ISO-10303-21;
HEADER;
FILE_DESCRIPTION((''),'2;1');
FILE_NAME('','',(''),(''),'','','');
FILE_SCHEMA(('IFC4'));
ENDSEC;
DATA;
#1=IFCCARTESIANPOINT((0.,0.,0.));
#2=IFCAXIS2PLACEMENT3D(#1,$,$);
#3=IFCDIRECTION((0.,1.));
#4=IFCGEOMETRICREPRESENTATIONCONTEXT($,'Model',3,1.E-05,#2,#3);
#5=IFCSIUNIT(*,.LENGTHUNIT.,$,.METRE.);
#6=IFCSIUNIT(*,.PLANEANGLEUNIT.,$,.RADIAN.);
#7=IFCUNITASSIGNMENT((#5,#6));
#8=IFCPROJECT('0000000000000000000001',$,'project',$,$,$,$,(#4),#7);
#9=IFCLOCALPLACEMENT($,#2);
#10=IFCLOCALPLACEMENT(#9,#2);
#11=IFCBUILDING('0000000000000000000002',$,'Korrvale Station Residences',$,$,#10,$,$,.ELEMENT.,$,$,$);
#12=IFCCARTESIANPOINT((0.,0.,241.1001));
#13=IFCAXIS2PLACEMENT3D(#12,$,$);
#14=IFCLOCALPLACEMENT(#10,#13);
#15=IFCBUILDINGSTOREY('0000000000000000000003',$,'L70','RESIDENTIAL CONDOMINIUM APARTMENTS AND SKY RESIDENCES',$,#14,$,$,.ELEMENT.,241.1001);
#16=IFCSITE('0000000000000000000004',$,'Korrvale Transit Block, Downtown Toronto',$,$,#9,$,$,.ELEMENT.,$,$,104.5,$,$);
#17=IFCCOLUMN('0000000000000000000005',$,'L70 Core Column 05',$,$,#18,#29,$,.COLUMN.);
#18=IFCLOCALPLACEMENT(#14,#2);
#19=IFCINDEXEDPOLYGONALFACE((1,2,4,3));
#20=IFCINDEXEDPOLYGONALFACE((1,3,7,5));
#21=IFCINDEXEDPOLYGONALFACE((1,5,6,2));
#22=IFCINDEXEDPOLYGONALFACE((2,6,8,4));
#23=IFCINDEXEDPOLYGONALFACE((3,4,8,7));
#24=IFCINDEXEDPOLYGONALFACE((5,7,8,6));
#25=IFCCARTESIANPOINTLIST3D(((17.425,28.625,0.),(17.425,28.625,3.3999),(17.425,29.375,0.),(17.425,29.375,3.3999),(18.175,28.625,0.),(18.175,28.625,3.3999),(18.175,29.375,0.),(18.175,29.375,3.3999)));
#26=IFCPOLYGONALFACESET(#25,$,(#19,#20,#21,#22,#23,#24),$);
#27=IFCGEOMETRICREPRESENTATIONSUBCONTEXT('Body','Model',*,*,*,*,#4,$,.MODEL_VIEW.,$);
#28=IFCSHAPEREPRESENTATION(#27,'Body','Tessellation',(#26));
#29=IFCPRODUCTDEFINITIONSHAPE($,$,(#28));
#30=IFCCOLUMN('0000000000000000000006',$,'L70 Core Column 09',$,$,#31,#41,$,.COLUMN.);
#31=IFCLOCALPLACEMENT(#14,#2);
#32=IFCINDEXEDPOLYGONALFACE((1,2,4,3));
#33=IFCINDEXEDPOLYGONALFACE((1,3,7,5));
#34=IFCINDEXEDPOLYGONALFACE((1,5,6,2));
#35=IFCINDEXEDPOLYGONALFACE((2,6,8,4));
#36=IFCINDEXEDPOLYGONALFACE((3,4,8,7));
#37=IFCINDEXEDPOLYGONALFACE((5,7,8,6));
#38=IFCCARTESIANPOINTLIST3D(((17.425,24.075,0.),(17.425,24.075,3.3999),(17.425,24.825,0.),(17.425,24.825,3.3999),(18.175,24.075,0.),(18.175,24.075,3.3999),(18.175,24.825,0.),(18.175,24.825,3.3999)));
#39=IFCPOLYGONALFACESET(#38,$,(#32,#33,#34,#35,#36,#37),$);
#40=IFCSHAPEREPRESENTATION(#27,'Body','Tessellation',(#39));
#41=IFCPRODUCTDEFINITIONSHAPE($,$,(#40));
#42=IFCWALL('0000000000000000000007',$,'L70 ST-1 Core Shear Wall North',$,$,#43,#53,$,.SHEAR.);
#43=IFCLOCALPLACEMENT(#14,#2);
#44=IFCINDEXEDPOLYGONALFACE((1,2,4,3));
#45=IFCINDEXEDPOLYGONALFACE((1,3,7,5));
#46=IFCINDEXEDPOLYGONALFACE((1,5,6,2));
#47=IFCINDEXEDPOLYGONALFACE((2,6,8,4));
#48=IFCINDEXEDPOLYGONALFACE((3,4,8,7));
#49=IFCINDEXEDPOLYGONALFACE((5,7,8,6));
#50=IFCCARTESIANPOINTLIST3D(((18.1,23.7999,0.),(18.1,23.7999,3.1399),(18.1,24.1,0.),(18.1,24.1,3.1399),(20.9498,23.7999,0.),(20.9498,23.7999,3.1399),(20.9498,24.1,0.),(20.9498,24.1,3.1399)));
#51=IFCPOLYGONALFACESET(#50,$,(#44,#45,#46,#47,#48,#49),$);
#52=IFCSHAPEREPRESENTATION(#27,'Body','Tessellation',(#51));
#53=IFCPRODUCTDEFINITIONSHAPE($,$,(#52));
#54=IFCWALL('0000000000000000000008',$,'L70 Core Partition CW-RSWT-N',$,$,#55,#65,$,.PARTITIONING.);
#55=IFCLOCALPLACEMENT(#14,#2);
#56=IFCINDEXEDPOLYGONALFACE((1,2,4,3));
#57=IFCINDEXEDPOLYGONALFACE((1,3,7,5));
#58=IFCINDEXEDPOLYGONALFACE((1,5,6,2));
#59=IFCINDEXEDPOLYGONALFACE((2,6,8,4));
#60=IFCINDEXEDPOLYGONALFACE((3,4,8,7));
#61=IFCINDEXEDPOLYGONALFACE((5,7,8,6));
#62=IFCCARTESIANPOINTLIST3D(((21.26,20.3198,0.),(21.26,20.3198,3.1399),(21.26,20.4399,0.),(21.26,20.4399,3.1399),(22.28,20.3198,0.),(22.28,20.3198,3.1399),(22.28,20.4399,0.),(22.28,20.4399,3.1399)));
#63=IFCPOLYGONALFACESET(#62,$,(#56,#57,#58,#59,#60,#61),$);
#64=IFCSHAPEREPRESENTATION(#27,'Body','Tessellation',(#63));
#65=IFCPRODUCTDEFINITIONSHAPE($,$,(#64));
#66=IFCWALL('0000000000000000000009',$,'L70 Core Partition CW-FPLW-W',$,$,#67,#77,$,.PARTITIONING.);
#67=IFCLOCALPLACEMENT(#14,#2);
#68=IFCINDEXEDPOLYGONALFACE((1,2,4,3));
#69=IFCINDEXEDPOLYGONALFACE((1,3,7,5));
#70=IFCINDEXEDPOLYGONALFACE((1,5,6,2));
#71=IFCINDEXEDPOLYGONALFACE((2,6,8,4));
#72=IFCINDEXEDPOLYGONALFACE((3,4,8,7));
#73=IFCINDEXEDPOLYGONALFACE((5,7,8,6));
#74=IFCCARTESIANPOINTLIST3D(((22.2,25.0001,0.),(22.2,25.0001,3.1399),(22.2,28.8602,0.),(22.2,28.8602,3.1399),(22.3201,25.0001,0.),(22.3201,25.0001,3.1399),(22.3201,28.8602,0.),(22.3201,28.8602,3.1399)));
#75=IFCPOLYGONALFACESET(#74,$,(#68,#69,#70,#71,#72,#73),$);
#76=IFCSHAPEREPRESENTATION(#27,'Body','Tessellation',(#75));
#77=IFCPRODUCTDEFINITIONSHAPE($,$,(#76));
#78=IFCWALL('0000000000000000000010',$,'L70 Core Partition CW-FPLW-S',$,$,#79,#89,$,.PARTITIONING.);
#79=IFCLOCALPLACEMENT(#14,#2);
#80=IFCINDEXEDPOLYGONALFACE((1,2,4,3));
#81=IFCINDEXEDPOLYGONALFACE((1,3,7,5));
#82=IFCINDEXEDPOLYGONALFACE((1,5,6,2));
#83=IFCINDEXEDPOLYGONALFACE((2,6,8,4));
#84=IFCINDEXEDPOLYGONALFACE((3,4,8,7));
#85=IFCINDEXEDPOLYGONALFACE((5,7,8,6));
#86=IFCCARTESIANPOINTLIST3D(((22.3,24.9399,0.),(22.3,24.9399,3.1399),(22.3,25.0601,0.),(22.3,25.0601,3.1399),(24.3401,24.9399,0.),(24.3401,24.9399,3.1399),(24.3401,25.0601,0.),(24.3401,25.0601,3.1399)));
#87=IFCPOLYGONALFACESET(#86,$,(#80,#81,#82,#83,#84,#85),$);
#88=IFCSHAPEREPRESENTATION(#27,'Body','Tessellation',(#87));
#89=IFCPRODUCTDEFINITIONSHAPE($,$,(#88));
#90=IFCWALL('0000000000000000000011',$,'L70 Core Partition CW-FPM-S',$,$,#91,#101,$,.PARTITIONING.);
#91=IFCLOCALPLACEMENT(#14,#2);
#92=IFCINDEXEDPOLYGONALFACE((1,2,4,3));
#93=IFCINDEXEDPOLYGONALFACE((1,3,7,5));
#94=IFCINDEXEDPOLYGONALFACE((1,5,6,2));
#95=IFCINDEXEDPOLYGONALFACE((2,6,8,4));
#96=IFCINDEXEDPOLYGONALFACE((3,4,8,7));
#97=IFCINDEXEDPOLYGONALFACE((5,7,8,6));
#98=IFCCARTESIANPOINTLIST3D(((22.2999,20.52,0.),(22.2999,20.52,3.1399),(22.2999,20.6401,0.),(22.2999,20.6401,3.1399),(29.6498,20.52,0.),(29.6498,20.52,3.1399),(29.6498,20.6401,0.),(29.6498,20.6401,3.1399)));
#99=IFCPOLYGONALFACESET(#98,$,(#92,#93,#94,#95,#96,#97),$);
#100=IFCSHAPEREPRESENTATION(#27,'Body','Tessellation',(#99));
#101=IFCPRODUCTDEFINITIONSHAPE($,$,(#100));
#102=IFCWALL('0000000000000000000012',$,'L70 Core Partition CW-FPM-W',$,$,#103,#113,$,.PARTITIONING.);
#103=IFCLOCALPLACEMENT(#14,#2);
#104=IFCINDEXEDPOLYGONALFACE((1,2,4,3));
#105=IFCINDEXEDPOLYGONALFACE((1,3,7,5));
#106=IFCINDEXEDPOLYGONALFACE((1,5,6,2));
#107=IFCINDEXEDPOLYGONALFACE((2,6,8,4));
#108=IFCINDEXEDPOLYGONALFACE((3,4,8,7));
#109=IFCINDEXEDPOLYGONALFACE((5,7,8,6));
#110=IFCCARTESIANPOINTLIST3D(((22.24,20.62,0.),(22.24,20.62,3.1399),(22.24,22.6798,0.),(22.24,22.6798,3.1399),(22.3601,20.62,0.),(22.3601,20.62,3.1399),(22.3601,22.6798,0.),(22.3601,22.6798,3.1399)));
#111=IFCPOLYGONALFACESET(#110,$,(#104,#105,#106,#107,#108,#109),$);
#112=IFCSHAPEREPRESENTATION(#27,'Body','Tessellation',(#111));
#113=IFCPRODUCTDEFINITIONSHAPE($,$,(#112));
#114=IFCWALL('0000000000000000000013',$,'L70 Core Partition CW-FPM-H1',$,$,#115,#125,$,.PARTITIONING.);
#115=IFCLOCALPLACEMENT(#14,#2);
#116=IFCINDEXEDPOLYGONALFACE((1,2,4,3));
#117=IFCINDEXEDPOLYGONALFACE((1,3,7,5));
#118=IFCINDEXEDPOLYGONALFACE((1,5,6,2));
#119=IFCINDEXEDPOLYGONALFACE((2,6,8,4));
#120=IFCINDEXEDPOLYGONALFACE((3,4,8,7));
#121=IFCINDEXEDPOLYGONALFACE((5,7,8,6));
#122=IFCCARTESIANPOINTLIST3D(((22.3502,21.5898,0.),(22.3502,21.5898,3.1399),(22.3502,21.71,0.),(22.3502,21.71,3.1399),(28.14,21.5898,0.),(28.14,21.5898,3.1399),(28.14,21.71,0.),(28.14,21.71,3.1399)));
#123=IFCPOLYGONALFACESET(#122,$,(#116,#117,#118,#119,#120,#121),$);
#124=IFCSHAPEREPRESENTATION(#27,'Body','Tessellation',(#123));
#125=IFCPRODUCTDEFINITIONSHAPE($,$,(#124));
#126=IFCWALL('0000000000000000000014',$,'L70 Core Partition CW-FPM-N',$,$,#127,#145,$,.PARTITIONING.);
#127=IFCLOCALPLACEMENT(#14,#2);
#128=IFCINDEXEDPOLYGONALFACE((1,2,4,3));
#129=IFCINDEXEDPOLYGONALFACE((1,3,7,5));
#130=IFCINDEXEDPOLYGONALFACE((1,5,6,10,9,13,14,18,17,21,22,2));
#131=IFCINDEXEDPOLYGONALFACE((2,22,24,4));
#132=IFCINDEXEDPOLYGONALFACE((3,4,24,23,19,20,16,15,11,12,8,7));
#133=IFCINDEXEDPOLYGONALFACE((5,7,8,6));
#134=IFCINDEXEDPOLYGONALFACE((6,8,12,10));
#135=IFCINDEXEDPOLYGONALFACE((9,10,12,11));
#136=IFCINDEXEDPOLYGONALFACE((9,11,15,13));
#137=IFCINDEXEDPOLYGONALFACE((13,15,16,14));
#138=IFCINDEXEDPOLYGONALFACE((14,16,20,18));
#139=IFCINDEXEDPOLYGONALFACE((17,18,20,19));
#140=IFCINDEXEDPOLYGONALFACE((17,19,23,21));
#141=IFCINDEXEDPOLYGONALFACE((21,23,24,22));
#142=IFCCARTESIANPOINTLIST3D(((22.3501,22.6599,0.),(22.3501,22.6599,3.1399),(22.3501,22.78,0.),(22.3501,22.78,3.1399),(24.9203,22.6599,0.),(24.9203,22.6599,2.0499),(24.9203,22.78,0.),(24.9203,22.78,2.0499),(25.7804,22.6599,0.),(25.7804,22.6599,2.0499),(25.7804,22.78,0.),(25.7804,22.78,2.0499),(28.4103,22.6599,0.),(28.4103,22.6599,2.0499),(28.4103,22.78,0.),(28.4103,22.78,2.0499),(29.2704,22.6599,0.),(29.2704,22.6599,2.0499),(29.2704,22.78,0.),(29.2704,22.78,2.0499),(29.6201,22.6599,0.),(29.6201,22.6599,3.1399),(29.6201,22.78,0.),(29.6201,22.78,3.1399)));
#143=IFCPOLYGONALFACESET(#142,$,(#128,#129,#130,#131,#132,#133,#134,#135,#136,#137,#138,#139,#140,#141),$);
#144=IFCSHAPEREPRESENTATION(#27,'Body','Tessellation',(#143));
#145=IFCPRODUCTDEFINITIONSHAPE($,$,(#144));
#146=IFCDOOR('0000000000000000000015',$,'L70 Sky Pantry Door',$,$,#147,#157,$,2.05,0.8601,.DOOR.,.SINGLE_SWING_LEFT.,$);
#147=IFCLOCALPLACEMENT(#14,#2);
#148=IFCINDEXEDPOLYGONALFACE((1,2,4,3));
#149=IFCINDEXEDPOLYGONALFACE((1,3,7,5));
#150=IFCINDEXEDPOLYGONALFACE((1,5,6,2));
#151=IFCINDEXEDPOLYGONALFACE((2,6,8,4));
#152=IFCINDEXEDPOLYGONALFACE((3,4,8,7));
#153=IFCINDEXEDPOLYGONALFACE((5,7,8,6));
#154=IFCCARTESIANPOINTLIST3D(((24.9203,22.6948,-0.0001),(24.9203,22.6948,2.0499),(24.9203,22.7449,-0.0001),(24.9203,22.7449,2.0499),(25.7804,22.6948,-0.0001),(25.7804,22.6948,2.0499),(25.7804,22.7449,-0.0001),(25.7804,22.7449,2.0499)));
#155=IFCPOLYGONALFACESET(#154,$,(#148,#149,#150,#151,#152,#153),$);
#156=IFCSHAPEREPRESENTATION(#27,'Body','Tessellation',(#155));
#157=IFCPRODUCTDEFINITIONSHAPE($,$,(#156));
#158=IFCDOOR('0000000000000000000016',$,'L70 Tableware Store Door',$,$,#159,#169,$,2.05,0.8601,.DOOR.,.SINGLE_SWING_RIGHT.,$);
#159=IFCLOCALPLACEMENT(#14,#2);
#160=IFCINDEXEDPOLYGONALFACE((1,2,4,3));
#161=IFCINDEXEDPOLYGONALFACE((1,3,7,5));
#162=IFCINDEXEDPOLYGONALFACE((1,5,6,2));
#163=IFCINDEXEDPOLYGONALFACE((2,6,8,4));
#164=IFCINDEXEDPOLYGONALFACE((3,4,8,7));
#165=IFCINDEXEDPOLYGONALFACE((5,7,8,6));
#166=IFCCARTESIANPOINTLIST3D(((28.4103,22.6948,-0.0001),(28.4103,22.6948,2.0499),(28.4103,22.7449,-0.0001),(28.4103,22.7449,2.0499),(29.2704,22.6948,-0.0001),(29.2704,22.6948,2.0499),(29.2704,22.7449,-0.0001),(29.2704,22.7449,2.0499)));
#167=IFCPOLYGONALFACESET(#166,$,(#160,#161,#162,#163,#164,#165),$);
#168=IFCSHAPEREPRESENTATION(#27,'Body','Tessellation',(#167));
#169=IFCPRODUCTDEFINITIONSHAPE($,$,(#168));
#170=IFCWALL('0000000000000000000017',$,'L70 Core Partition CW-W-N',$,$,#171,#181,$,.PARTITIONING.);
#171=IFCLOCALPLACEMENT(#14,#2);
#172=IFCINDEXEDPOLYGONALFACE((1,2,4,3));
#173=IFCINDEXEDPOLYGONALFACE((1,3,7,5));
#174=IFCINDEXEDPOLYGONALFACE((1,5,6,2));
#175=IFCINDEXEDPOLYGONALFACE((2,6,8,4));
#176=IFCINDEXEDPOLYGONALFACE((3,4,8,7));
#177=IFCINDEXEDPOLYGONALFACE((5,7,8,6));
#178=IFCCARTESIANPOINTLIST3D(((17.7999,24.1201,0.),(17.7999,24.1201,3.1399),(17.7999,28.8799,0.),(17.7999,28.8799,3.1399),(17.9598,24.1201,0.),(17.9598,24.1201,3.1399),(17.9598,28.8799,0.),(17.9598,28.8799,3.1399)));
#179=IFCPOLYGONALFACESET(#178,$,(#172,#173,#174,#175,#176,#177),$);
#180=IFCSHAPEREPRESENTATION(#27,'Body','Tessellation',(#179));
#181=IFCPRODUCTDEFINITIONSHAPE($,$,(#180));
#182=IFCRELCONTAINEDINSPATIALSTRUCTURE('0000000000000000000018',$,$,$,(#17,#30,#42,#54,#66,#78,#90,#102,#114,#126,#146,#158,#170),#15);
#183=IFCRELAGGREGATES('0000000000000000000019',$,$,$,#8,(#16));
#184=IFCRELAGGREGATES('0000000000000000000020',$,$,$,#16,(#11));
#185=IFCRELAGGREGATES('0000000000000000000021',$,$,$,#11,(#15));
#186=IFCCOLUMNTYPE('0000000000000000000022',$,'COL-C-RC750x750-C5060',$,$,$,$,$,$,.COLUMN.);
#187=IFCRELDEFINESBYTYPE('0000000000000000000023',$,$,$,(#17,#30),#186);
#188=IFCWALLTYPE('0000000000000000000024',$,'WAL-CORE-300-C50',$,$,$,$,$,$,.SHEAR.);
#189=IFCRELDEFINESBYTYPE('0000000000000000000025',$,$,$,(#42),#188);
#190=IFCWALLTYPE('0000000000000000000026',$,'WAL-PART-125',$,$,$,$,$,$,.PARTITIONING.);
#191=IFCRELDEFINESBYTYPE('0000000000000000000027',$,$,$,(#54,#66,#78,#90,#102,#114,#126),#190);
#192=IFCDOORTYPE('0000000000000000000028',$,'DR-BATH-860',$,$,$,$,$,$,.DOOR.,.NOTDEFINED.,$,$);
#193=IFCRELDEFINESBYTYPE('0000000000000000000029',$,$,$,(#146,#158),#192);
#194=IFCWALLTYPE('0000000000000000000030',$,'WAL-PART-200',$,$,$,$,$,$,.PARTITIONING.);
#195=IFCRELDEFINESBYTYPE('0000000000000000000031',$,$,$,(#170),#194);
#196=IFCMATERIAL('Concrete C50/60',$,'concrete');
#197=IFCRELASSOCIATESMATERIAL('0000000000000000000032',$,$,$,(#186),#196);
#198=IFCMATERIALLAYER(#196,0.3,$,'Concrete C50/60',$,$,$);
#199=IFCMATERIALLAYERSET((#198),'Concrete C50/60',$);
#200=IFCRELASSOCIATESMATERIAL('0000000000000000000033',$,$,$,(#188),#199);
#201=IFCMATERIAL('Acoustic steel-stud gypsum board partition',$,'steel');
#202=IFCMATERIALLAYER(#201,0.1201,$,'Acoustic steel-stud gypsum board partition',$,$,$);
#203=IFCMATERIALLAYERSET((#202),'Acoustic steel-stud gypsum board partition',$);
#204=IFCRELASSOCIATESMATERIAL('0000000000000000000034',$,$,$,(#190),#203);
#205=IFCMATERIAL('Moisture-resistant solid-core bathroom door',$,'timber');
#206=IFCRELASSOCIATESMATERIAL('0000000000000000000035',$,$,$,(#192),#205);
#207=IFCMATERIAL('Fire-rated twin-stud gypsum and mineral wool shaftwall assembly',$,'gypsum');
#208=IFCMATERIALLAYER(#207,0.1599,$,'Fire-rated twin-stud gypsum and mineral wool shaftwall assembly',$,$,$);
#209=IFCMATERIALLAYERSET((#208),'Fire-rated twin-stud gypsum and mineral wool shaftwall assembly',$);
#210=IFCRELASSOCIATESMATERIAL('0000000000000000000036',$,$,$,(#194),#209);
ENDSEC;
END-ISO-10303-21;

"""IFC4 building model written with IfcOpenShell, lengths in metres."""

from ifc_helpers import new_model, si_unit, direction, frame, frame_2d, origin, origin_2d, place, context, subcontext, project, spatial, rectangle, extrude, material, layer, layer_set, material_profile, profile_set, type_object, element, fill, save


model = new_model("IFC4")

# Units and contexts
model_context = context("Model", 3, precision=1e-05, world=origin(), true_north=direction((0.0, 1.0)))
body_context = subcontext(model_context, "Body", "Model", "MODEL_VIEW")
ifc_project = project(units=[si_unit("LENGTHUNIT", "METRE"), si_unit("PLANEANGLEUNIT", "RADIAN")], contexts=[model_context])

# Site, building, storey
site_placement = place(None, origin())
site = spatial("IfcSite", under=ifc_project, at=site_placement, Name="Korrvale Transit Block, Downtown Toronto", CompositionType="ELEMENT", RefElevation=104.5)
building_placement = place(site_placement, origin())
building = spatial("IfcBuilding", under=site, at=building_placement, Name="Korrvale Station Residences", CompositionType="ELEMENT")
storey_placement = place(building_placement, frame((0.0, 0.0, 241.1001)))
storey = spatial("IfcBuildingStorey", under=building, at=storey_placement, Name="L70", Description="RESIDENTIAL CONDOMINIUM APARTMENTS AND SKY RESIDENCES", CompositionType="ELEMENT", Elevation=241.1001)

# Columns
ifc_material_1 = material(Name="Concrete C50/60", Category="concrete")
ifc_material_profile = material_profile(ifc_material_1, rectangle(XDim=0.75, YDim=0.75, at=origin_2d()), Name="RC750x750")
ifc_profile_set = profile_set([ifc_material_profile], Name="Concrete C50/60")
column_type = type_object("IfcColumnType", Name="COL-C-RC750x750-C5060", PredefinedType="COLUMN", material=ifc_profile_set)
for number, where, z_axis, x_axis, name in (
    (1, (17.8, 29.0, 0.0), (0.0, 0.0, 1.0), (1.0, 0.0, 0.0), "L70 Core Column 05"),
    (2, (17.8, 24.45, 0.0), (0.0, 0.0, 1.0), (1.0, 0.0, 0.0), "L70 Core Column 09"),
):
    element("IfcColumn", number, at=place(storey_placement, frame(where, z_axis=z_axis, x_axis=x_axis)), inside=storey, type_object=column_type, Name=name, PredefinedType="COLUMN", context=body_context, shape_type="SweptSolid", body=[
        extrude(rectangle(XDim=0.75, YDim=0.75, at=origin_2d()), origin(), (0.0, 0.0, 1.0), 3.3999),
    ])

# Walls
ifc_layer_1 = layer(ifc_material_1, 0.3, Name="Concrete C50/60")
ifc_layer_set_1 = layer_set([ifc_layer_1], Name="Concrete C50/60")
wall_type_1 = type_object("IfcWallType", Name="WAL-CORE-300-C50", PredefinedType="SHEAR", material=ifc_layer_set_1)
wall_1_placement = place(storey_placement, frame((18.1001, 23.95, 0.0), z_axis=(0.0, 0.0, 1.0), x_axis=(1.0, 0.0, 0.0)))
element("IfcWall", 3, at=wall_1_placement, inside=storey, type_object=wall_type_1, Name="L70 ST-1 Core Shear Wall North", PredefinedType="SHEAR", context=body_context, shape_type="SweptSolid", body=[
    extrude(rectangle(XDim=2.8499, YDim=0.3, at=frame_2d((1.4248, 0.0))), origin(), (0.0, 0.0, 1.0), 3.1399),
])
ifc_material_2 = material(Name="Acoustic steel-stud gypsum board partition", Category="steel")
ifc_layer_2 = layer(ifc_material_2, 0.1201, Name="Acoustic steel-stud gypsum board partition")
ifc_layer_set_2 = layer_set([ifc_layer_2], Name="Acoustic steel-stud gypsum board partition")
wall_type_2 = type_object("IfcWallType", Name="WAL-PART-125", PredefinedType="PARTITIONING", material=ifc_layer_set_2)
wall_2_placement = place(storey_placement, frame((22.28, 20.3799, 0.0), z_axis=(0.0, 0.0, 1.0), x_axis=(-1.0, 0.0, 0.0)))
element("IfcWall", 4, at=wall_2_placement, inside=storey, type_object=wall_type_2, Name="L70 Core Partition CW-RSWT-N", PredefinedType="PARTITIONING", context=body_context, shape_type="SweptSolid", body=[
    extrude(rectangle(XDim=1.02, YDim=0.1201, at=frame_2d((0.51, 0.0))), origin(), (0.0, 0.0, 1.0), 3.1399),
])
wall_3_placement = place(storey_placement, frame((22.26, 25.0, 0.0), z_axis=(0.0, 0.0, 1.0), x_axis=(0.0, 1.0, 0.0)))
element("IfcWall", 5, at=wall_3_placement, inside=storey, type_object=wall_type_2, Name="L70 Core Partition CW-FPLW-W", PredefinedType="PARTITIONING", context=body_context, shape_type="SweptSolid", body=[
    extrude(rectangle(XDim=3.8601, YDim=0.1201, at=frame_2d((1.9302, 0.0))), origin(), (0.0, 0.0, 1.0), 3.1399),
])
wall_4_placement = place(storey_placement, frame((22.3, 25.0, 0.0), z_axis=(0.0, 0.0, 1.0), x_axis=(1.0, 0.0, 0.0)))
element("IfcWall", 6, at=wall_4_placement, inside=storey, type_object=wall_type_2, Name="L70 Core Partition CW-FPLW-S", PredefinedType="PARTITIONING", context=body_context, shape_type="SweptSolid", body=[
    extrude(rectangle(XDim=2.04, YDim=0.1201, at=frame_2d((1.02, 0.0))), origin(), (0.0, 0.0, 1.0), 3.1399),
])
wall_5_placement = place(storey_placement, frame((22.3, 20.5801, 0.0), z_axis=(0.0, 0.0, 1.0), x_axis=(1.0, 0.0, 0.0)))
element("IfcWall", 7, at=wall_5_placement, inside=storey, type_object=wall_type_2, Name="L70 Core Partition CW-FPM-S", PredefinedType="PARTITIONING", context=body_context, shape_type="SweptSolid", body=[
    extrude(rectangle(XDim=7.3499, YDim=0.1201, at=frame_2d((3.6748, 0.0))), origin(), (0.0, 0.0, 1.0), 3.1399),
])
wall_6_placement = place(storey_placement, frame((22.3, 20.6201, 0.0), z_axis=(0.0, 0.0, 1.0), x_axis=(0.0, 1.0, 0.0)))
element("IfcWall", 8, at=wall_6_placement, inside=storey, type_object=wall_type_2, Name="L70 Core Partition CW-FPM-W", PredefinedType="PARTITIONING", context=body_context, shape_type="SweptSolid", body=[
    extrude(rectangle(XDim=2.0598, YDim=0.1201, at=frame_2d((1.0298, 0.0))), origin(), (0.0, 0.0, 1.0), 3.1399),
])
wall_7_placement = place(storey_placement, frame((22.3501, 21.6499, 0.0), z_axis=(0.0, 0.0, 1.0), x_axis=(1.0, 0.0, 0.0)))
element("IfcWall", 9, at=wall_7_placement, inside=storey, type_object=wall_type_2, Name="L70 Core Partition CW-FPM-H1", PredefinedType="PARTITIONING", context=body_context, shape_type="SweptSolid", body=[
    extrude(rectangle(XDim=5.7898, YDim=0.1201, at=frame_2d((2.895, 0.0))), origin(), (0.0, 0.0, 1.0), 3.1399),
])

# Wall, openings, doors
wall_8_placement = place(storey_placement, frame((22.3501, 22.72, 0.0), z_axis=(0.0, 0.0, 1.0), x_axis=(1.0, 0.0, 0.0)))
wall_8 = element("IfcWall", 10, at=wall_8_placement, inside=storey, type_object=wall_type_2, Name="L70 Core Partition CW-FPM-N", PredefinedType="PARTITIONING", context=body_context, shape_type="SweptSolid", body=[
    extrude(rectangle(XDim=7.27, YDim=0.1201, at=frame_2d((3.635, 0.0))), origin(), (0.0, 0.0, 1.0), 3.1399),
])
opening_1_placement = place(wall_8_placement, frame((2.5701, 0.0, 0.0)))
opening_1 = element("IfcOpeningElement", 11, at=opening_1_placement, cuts=wall_8, PredefinedType="OPENING", context=body_context, shape_type="SweptSolid", body=[
    extrude(rectangle(XDim=0.8601, YDim=2.05, at=frame_2d((0.4302, 1.0249))), frame((0.0, 0.0701, 0.0), z_axis=(0.0, -1.0, 0.0), x_axis=(1.0, 0.0, 0.0)), (0.0, 0.0, 1.0), 0.1401),
])
opening_2_placement = place(wall_8_placement, frame((6.0601, 0.0, 0.0)))
opening_2 = element("IfcOpeningElement", 12, at=opening_2_placement, cuts=wall_8, PredefinedType="OPENING", context=body_context, shape_type="SweptSolid", body=[
    extrude(rectangle(XDim=0.8601, YDim=2.05, at=frame_2d((0.4302, 1.0249))), frame((0.0, 0.0701, 0.0), z_axis=(0.0, -1.0, 0.0), x_axis=(1.0, 0.0, 0.0)), (0.0, 0.0, 1.0), 0.1401),
])
ifc_material_3 = material(Name="Moisture-resistant solid-core bathroom door", Category="timber")
door_type_1 = type_object("IfcDoorType", Name="DR-BATH-860", OperationType="NOTDEFINED", PredefinedType="DOOR", material=ifc_material_3)
door_1_placement = place(opening_1_placement, origin())
door_1 = element("IfcDoor", 13, at=door_1_placement, inside=storey, type_object=door_type_1, Name="L70 Sky Pantry Door", OperationType="SINGLE_SWING_LEFT", OverallHeight=2.05, OverallWidth=0.8601, PredefinedType="DOOR", context=body_context, shape_type="SweptSolid", body=[
    extrude(rectangle(XDim=0.8601, YDim=2.05, at=frame_2d((0.4302, 1.0249))), frame((0.0, 0.0249, 0.0), z_axis=(0.0, -1.0, 0.0), x_axis=(1.0, 0.0, 0.0)), (0.0, 0.0, 1.0), 0.05),
])
fill(opening_1, door_1)
door_2_placement = place(opening_2_placement, origin())
door_2 = element("IfcDoor", 14, at=door_2_placement, inside=storey, type_object=door_type_1, Name="L70 Tableware Store Door", OperationType="SINGLE_SWING_RIGHT", OverallHeight=2.05, OverallWidth=0.8601, PredefinedType="DOOR", context=body_context, shape_type="SweptSolid", body=[
    extrude(rectangle(XDim=0.8601, YDim=2.05, at=frame_2d((0.4302, 1.0249))), frame((0.0, 0.0249, 0.0), z_axis=(0.0, -1.0, 0.0), x_axis=(1.0, 0.0, 0.0)), (0.0, 0.0, 1.0), 0.05),
])
fill(opening_2, door_2)

# Wall
ifc_material_4 = material(Name="Fire-rated twin-stud gypsum and mineral wool shaftwall assembly", Category="gypsum")
ifc_layer_3 = layer(ifc_material_4, 0.1599, Name="Fire-rated twin-stud gypsum and mineral wool shaftwall assembly")
ifc_layer_set_3 = layer_set([ifc_layer_3], Name="Fire-rated twin-stud gypsum and mineral wool shaftwall assembly")
wall_type_3 = type_object("IfcWallType", Name="WAL-PART-200", PredefinedType="PARTITIONING", material=ifc_layer_set_3)
wall_9_placement = place(storey_placement, frame((17.8799, 24.1201, 0.0), z_axis=(0.0, 0.0, 1.0), x_axis=(0.0, 1.0, 0.0)))
element("IfcWall", 15, at=wall_9_placement, inside=storey, type_object=wall_type_3, Name="L70 Core Partition CW-W-N", PredefinedType="PARTITIONING", context=body_context, shape_type="SweptSolid", body=[
    extrude(rectangle(XDim=4.7598, YDim=0.1599, at=frame_2d((2.3799, 0.0))), origin(), (0.0, 0.0, 1.0), 3.1399),
])

save(model, "model.ifc")
